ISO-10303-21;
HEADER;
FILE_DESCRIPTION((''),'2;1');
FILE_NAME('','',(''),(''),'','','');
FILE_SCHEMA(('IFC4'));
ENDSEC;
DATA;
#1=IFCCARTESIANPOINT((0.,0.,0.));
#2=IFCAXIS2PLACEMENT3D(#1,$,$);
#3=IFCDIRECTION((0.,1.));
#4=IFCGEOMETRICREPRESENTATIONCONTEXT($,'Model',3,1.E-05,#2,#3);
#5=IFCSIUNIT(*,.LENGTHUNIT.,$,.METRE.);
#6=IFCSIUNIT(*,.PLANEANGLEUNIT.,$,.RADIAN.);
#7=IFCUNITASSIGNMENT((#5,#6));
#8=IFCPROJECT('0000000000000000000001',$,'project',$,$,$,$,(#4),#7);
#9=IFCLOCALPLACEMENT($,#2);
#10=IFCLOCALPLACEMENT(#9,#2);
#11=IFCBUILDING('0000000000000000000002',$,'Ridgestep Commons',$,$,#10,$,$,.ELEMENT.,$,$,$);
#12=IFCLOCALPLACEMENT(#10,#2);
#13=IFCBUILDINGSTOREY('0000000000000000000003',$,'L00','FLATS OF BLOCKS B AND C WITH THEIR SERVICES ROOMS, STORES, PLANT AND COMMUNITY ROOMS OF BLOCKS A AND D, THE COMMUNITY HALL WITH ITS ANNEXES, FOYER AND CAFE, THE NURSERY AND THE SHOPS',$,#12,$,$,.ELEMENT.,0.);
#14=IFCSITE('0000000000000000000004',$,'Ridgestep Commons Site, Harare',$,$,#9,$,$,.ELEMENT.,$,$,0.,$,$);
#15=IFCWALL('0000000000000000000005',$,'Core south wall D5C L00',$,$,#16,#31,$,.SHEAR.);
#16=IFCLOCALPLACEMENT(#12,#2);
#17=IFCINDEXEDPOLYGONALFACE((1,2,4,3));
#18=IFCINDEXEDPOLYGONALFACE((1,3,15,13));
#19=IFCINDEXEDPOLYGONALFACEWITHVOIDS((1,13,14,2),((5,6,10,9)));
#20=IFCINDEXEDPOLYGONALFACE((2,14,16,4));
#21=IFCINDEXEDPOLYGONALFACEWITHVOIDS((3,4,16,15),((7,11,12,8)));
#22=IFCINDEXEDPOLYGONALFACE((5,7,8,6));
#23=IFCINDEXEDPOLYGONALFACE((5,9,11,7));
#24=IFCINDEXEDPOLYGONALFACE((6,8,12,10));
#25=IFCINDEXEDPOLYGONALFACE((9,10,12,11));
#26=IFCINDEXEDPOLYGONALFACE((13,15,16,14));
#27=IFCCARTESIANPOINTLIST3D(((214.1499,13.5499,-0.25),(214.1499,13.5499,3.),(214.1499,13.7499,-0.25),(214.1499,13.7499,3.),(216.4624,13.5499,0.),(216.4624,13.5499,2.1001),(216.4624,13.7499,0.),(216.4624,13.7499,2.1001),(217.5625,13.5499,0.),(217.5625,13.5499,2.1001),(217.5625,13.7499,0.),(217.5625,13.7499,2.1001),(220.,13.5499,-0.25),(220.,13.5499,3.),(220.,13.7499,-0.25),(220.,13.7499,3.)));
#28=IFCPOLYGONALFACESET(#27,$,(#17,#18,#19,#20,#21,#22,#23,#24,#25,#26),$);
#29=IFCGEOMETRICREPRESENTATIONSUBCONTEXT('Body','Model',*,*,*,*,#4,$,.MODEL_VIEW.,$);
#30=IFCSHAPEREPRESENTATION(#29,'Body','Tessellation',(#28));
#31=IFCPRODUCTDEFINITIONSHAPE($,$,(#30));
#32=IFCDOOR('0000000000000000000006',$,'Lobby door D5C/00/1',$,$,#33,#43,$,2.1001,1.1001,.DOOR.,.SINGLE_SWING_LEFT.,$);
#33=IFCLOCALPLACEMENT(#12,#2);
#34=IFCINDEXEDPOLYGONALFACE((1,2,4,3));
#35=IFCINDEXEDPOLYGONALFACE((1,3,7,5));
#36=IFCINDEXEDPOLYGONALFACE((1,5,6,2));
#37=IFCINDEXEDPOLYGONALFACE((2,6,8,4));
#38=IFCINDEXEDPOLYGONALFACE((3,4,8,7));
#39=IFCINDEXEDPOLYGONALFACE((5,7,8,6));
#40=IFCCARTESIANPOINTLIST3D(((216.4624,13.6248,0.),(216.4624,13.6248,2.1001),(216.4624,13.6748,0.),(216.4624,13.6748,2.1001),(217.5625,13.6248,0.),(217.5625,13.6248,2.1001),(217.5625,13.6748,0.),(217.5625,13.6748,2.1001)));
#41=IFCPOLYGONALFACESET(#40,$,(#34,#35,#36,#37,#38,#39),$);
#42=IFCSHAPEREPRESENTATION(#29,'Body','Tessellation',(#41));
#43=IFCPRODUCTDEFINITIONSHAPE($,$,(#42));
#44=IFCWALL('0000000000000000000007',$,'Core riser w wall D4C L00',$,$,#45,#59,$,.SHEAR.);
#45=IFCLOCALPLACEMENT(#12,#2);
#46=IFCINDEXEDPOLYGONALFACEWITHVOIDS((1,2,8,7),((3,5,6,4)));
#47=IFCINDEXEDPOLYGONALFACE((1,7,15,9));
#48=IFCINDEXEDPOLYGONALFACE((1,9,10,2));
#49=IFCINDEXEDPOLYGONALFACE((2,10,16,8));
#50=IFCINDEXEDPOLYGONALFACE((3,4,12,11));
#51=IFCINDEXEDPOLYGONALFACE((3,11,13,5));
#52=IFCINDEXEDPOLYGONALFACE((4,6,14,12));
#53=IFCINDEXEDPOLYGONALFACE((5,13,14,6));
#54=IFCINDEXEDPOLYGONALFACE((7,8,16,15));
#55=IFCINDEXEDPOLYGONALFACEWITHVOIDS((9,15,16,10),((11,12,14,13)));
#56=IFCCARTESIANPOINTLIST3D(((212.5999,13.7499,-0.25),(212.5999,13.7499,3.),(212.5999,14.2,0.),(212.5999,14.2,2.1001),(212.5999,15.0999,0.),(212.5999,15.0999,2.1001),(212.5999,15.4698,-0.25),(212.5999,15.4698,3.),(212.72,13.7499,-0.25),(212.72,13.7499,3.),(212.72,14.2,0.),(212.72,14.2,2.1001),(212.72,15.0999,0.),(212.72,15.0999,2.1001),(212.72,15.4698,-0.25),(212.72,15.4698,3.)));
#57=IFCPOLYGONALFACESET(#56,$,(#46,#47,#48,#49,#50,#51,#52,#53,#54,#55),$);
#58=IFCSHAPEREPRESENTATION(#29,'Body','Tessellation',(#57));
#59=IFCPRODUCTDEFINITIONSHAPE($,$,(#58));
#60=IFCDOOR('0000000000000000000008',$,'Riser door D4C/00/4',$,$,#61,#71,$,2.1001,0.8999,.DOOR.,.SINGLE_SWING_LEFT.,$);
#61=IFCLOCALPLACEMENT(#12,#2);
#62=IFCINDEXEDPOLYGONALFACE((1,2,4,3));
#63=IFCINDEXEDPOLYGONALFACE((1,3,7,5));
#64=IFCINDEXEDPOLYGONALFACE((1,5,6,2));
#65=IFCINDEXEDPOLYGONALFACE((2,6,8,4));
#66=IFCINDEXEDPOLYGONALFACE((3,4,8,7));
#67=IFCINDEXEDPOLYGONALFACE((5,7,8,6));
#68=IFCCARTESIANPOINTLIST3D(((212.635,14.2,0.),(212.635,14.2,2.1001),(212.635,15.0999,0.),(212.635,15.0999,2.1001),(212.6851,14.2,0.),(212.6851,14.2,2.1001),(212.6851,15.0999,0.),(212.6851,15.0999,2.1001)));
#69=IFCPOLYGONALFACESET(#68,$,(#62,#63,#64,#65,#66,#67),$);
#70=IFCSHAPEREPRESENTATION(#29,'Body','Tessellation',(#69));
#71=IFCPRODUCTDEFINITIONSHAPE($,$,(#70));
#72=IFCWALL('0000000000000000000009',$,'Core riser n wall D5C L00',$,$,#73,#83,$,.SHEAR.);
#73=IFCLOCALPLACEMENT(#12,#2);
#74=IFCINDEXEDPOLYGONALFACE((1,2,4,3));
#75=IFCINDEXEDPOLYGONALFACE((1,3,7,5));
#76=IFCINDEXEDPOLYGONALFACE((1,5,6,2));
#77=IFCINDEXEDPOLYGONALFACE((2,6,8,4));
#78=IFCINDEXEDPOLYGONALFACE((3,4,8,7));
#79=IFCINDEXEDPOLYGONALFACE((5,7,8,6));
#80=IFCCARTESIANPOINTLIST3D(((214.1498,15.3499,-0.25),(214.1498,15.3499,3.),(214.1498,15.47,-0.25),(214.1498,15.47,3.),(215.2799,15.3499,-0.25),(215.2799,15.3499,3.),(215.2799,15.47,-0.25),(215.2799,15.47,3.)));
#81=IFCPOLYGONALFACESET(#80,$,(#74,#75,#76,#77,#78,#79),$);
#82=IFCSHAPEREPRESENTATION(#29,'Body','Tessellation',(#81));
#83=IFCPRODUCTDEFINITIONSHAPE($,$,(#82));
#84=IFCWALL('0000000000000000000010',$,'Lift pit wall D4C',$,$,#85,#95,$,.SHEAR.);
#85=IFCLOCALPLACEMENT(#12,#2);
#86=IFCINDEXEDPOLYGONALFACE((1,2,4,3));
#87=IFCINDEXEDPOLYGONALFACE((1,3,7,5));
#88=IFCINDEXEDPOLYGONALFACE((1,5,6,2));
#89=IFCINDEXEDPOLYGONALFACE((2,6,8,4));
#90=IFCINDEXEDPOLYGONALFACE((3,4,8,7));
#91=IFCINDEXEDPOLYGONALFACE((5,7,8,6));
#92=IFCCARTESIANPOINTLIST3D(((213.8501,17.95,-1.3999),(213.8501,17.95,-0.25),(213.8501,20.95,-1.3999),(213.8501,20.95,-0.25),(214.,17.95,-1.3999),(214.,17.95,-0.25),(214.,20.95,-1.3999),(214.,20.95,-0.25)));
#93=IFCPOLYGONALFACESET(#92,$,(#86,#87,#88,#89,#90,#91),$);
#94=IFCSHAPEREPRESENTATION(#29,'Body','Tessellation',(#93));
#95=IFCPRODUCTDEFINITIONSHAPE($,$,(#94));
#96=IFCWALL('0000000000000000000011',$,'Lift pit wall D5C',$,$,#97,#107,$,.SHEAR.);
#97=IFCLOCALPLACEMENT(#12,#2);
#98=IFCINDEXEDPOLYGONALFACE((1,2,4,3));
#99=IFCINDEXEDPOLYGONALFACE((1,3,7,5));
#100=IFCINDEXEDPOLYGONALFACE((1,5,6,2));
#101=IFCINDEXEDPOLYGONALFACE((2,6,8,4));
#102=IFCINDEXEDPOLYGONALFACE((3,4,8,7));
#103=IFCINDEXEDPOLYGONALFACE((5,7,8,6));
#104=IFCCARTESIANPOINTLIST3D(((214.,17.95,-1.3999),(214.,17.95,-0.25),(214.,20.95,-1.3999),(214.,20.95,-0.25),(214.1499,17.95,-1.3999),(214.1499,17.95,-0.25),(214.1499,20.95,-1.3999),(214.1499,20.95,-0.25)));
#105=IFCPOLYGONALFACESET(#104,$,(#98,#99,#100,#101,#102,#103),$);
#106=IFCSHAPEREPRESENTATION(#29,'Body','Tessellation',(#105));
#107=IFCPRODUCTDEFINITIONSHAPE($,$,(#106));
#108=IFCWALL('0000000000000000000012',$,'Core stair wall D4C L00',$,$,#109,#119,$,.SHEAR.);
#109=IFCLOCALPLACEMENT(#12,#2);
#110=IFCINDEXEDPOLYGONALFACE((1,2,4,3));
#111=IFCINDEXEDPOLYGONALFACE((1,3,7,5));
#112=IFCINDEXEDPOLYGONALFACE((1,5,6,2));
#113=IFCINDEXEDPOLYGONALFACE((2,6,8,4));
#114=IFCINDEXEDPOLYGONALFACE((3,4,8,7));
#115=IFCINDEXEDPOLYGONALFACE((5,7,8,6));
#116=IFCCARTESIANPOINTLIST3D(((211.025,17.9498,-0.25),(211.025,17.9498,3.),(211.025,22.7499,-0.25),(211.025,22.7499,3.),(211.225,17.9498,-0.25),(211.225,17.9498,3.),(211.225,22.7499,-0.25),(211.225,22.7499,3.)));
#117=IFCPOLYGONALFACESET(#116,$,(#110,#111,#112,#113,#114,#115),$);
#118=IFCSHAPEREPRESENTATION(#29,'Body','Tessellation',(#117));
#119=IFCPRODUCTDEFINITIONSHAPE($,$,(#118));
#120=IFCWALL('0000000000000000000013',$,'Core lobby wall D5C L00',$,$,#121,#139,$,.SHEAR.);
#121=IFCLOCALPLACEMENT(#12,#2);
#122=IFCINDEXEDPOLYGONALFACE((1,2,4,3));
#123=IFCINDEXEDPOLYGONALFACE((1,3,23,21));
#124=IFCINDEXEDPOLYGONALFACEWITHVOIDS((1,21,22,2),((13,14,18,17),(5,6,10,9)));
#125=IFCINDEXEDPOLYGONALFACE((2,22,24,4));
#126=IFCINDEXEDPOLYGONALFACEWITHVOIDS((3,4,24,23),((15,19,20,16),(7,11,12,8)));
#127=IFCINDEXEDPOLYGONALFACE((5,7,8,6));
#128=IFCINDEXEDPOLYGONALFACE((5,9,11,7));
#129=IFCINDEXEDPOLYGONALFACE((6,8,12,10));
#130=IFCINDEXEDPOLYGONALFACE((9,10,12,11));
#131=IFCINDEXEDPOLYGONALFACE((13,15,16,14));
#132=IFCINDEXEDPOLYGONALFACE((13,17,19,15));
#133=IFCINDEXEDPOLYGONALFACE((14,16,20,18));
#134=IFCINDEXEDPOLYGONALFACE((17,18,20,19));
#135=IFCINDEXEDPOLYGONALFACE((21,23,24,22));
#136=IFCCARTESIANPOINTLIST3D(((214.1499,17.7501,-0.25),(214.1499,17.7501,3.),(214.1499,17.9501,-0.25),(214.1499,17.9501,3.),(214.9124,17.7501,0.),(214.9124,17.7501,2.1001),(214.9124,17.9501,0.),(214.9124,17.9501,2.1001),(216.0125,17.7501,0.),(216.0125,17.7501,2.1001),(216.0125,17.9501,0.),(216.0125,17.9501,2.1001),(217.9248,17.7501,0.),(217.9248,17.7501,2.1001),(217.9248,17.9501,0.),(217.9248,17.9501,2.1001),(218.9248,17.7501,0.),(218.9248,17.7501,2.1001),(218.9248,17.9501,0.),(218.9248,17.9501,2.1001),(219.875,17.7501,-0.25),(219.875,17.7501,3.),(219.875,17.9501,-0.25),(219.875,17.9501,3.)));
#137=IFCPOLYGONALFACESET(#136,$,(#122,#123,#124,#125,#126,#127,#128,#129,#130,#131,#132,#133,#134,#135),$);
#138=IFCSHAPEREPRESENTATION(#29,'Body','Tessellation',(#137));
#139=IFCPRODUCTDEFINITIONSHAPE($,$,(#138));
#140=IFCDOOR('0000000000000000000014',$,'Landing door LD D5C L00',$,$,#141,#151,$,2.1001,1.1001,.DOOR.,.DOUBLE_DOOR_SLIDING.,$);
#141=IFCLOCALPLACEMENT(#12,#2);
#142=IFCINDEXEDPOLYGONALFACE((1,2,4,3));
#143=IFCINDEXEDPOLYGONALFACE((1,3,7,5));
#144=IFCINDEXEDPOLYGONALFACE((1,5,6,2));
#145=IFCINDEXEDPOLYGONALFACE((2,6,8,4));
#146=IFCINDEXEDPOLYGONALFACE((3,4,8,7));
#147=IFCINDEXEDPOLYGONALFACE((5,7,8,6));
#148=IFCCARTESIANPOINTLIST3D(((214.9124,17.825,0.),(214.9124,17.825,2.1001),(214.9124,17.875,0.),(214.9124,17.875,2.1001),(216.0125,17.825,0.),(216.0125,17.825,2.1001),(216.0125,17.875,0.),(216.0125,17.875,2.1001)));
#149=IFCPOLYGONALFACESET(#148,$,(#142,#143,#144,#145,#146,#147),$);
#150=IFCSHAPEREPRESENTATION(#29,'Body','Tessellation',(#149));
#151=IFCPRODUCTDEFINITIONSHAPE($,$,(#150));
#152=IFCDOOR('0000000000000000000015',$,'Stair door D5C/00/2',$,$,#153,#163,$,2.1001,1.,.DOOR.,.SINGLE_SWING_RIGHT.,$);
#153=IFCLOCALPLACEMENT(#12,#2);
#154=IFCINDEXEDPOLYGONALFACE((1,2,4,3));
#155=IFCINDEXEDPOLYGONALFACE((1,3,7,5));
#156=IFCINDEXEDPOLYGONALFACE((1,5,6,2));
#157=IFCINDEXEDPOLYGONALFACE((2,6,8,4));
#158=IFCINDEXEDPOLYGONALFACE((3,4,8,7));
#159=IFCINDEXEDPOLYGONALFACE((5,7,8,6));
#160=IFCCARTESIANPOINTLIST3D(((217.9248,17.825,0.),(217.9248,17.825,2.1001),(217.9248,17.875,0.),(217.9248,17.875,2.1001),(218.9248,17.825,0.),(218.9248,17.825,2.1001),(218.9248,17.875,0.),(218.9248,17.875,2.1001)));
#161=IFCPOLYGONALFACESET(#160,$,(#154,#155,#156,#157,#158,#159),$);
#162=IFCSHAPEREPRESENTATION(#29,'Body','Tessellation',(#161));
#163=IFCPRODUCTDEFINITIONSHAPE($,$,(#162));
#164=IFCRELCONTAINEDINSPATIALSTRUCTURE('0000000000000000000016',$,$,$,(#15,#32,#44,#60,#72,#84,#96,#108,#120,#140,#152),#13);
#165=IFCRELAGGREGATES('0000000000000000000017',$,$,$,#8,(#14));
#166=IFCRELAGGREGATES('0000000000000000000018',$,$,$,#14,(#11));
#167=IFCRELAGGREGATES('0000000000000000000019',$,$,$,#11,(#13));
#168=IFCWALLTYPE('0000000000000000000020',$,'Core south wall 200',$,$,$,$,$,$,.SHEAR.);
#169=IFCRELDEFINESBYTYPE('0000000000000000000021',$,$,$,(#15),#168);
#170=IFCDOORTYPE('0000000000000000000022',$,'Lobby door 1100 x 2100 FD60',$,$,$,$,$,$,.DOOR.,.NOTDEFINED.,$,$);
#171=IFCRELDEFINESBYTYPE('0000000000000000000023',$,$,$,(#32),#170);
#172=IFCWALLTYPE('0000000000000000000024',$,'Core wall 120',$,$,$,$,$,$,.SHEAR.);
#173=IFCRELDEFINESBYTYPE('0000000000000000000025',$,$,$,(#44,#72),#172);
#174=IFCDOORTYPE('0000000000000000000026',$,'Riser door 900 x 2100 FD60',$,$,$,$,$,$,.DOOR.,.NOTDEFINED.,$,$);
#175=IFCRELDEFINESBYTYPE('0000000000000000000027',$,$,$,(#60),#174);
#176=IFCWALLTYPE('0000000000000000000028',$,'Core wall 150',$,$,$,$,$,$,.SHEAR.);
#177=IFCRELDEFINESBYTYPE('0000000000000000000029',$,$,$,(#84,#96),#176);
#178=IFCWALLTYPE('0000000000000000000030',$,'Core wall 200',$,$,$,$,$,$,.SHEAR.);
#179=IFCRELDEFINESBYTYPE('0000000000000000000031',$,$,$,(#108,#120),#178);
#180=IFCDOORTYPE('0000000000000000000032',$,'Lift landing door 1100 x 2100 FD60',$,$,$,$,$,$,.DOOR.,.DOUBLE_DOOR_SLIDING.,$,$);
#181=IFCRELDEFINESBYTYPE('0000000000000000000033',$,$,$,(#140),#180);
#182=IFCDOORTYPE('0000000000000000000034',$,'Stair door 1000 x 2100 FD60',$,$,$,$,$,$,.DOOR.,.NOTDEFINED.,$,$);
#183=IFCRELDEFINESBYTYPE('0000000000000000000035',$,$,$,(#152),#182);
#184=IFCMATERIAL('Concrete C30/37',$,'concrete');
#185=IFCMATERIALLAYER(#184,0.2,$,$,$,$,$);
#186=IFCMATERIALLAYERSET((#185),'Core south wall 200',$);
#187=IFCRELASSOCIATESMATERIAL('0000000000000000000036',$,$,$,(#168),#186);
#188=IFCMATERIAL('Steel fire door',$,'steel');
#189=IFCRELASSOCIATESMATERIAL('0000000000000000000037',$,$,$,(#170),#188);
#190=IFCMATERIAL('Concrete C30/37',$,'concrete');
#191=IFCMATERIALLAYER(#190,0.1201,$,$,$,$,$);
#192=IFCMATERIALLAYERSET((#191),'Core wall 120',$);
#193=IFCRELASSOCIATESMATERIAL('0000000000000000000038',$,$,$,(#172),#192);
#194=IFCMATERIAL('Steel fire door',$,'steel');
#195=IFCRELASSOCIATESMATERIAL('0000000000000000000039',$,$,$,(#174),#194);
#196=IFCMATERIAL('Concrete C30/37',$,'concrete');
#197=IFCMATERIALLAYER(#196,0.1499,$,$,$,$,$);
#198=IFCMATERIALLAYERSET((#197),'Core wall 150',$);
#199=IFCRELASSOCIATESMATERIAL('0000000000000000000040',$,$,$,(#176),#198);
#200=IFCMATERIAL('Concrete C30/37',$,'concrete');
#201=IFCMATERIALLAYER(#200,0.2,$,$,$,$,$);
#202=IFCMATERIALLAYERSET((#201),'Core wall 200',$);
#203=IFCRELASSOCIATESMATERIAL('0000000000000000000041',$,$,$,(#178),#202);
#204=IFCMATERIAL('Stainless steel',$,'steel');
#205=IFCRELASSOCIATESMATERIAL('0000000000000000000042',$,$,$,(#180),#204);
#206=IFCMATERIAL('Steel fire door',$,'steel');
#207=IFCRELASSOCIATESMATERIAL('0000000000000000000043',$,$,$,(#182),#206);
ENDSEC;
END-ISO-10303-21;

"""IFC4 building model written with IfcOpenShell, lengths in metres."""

from ifc_helpers import new_model, si_unit, direction, frame, frame_2d, origin, place, context, subcontext, project, spatial, rectangle, extrude, material, layer, layer_set, type_object, element, fill, save


model = new_model("IFC4")

# Units and contexts
model_context = context("Model", 3, precision=1e-05, world=origin(), true_north=direction((0.0, 1.0)))
body_context = subcontext(model_context, "Body", "Model", "MODEL_VIEW")
ifc_project = project(units=[si_unit("LENGTHUNIT", "METRE"), si_unit("PLANEANGLEUNIT", "RADIAN")], contexts=[model_context])

# Site, building, storey
site_placement = place(None, origin())
site = spatial("IfcSite", under=ifc_project, at=site_placement, Name="Ridgestep Commons Site, Harare", CompositionType="ELEMENT", RefElevation=0.0)
building_placement = place(site_placement, origin())
building = spatial("IfcBuilding", under=site, at=building_placement, Name="Ridgestep Commons", CompositionType="ELEMENT")
storey_placement = place(building_placement, origin())
storey = spatial("IfcBuildingStorey", under=building, at=storey_placement, Name="L00", Description="FLATS OF BLOCKS B AND C WITH THEIR SERVICES ROOMS, STORES, PLANT AND COMMUNITY ROOMS OF BLOCKS A AND D, THE COMMUNITY HALL WITH ITS ANNEXES, FOYER AND CAFE, THE NURSERY AND THE SHOPS", CompositionType="ELEMENT", Elevation=0.0)

# Walls, openings, doors
ifc_material_1 = material(Name="Concrete C30/37", Category="concrete")
ifc_layer_1 = layer(ifc_material_1, 0.2)
ifc_layer_set_1 = layer_set([ifc_layer_1], Name="Core south wall 200")
wall_type_1 = type_object("IfcWallType", Name="Core south wall 200", PredefinedType="SHEAR", material=ifc_layer_set_1)
wall_1_placement = place(storey_placement, frame((214.1499, 13.6499, -0.25), z_axis=(0.0, 0.0, 1.0), x_axis=(1.0, 0.0, 0.0)))
wall_1 = element("IfcWall", 1, at=wall_1_placement, inside=storey, type_object=wall_type_1, Name="Core south wall D5C L00", PredefinedType="SHEAR", context=body_context, shape_type="SweptSolid", body=[
    extrude(rectangle(XDim=5.8501, YDim=0.2, at=frame_2d((2.925, 0.0))), origin(), (0.0, 0.0, 1.0), 3.25),
])
opening_1_placement = place(wall_1_placement, frame((2.3125, 0.0, 0.25)))
opening_1 = element("IfcOpeningElement", 2, at=opening_1_placement, cuts=wall_1, PredefinedType="OPENING", context=body_context, shape_type="SweptSolid", body=[
    extrude(rectangle(XDim=1.1001, YDim=2.1001, at=frame_2d((0.55, 1.05))), frame((0.0, 0.1099, 0.0), z_axis=(0.0, -1.0, 0.0), x_axis=(1.0, 0.0, 0.0)), (0.0, 0.0, 1.0), 0.22),
])
ifc_material_2 = material(Name="Steel fire door", Category="steel")
door_type_1 = type_object("IfcDoorType", Name="Lobby door 1100 x 2100 FD60", OperationType="NOTDEFINED", PredefinedType="DOOR", material=ifc_material_2)
door_1_placement = place(opening_1_placement, origin())
door_1 = element("IfcDoor", 3, at=door_1_placement, inside=storey, type_object=door_type_1, Name="Lobby door D5C/00/1", OperationType="SINGLE_SWING_LEFT", OverallHeight=2.1001, OverallWidth=1.1001, PredefinedType="DOOR", context=body_context, shape_type="SweptSolid", body=[
    extrude(rectangle(XDim=1.1001, YDim=2.1001, at=frame_2d((0.55, 1.05))), frame((0.0, 0.0249, 0.0), z_axis=(0.0, -1.0, 0.0), x_axis=(1.0, 0.0, 0.0)), (0.0, 0.0, 1.0), 0.05),
])
fill(opening_1, door_1)
ifc_material_3 = material(Name="Concrete C30/37", Category="concrete")
ifc_layer_2 = layer(ifc_material_3, 0.1201)
ifc_layer_set_2 = layer_set([ifc_layer_2], Name="Core wall 120")
wall_type_2 = type_object("IfcWallType", Name="Core wall 120", PredefinedType="SHEAR", material=ifc_layer_set_2)
wall_2_placement = place(storey_placement, frame((212.6599, 13.75, -0.25), z_axis=(0.0, 0.0, 1.0), x_axis=(0.0, 1.0, 0.0)))
wall_2 = element("IfcWall", 4, at=wall_2_placement, inside=storey, type_object=wall_type_2, Name="Core riser w wall D4C L00", PredefinedType="SHEAR", context=body_context, shape_type="SweptSolid", body=[
    extrude(rectangle(XDim=1.72, YDim=0.1201, at=frame_2d((0.8599, 0.0))), origin(), (0.0, 0.0, 1.0), 3.25),
])
opening_2_placement = place(wall_2_placement, frame((0.45, 0.0, 0.25)))
opening_2 = element("IfcOpeningElement", 5, at=opening_2_placement, cuts=wall_2, PredefinedType="OPENING", context=body_context, shape_type="SweptSolid", body=[
    extrude(rectangle(XDim=0.8999, YDim=2.1001, at=frame_2d((0.45, 1.05))), frame((0.0, 0.0701, 0.0), z_axis=(0.0, -1.0, 0.0), x_axis=(1.0, 0.0, 0.0)), (0.0, 0.0, 1.0), 0.1401),
])
ifc_material_4 = material(Name="Steel fire door", Category="steel")
door_type_2 = type_object("IfcDoorType", Name="Riser door 900 x 2100 FD60", OperationType="NOTDEFINED", PredefinedType="DOOR", material=ifc_material_4)
door_2_placement = place(opening_2_placement, origin())
door_2 = element("IfcDoor", 6, at=door_2_placement, inside=storey, type_object=door_type_2, Name="Riser door D4C/00/4", OperationType="SINGLE_SWING_LEFT", OverallHeight=2.1001, OverallWidth=0.8999, PredefinedType="DOOR", context=body_context, shape_type="SweptSolid", body=[
    extrude(rectangle(XDim=0.8999, YDim=2.1001, at=frame_2d((0.45, 1.05))), frame((0.0, 0.0249, 0.0), z_axis=(0.0, -1.0, 0.0), x_axis=(1.0, 0.0, 0.0)), (0.0, 0.0, 1.0), 0.05),
])
fill(opening_2, door_2)

# Walls
for number, where, z_axis, x_axis, name in (
    (7, (214.1499, 15.4099, -0.25), (0.0, 0.0, 1.0), (1.0, 0.0, 0.0), "Core riser n wall D5C L00"),
):
    element("IfcWall", number, at=place(storey_placement, frame(where, z_axis=z_axis, x_axis=x_axis)), inside=storey, type_object=wall_type_2, Name=name, PredefinedType="SHEAR", context=body_context, shape_type="SweptSolid", body=[
        extrude(rectangle(XDim=1.1301, YDim=0.1201, at=frame_2d((0.5649, 0.0))), origin(), (0.0, 0.0, 1.0), 3.25),
    ])
ifc_material_5 = material(Name="Concrete C30/37", Category="concrete")
ifc_layer_3 = layer(ifc_material_5, 0.1499)
ifc_layer_set_3 = layer_set([ifc_layer_3], Name="Core wall 150")
wall_type_3 = type_object("IfcWallType", Name="Core wall 150", PredefinedType="SHEAR", material=ifc_layer_set_3)
for number, where, z_axis, x_axis, name in (
    (8, (213.925, 17.95, -1.3999), (0.0, 0.0, 1.0), (0.0, 1.0, 0.0), "Lift pit wall D4C"),
    (9, (214.075, 17.95, -1.3999), (0.0, 0.0, 1.0), (0.0, 1.0, 0.0), "Lift pit wall D5C"),
):
    element("IfcWall", number, at=place(storey_placement, frame(where, z_axis=z_axis, x_axis=x_axis)), inside=storey, type_object=wall_type_3, Name=name, PredefinedType="SHEAR", context=body_context, shape_type="SweptSolid", body=[
        extrude(rectangle(XDim=3.0, YDim=0.1499, at=frame_2d((1.5, 0.0))), origin(), (0.0, 0.0, 1.0), 1.1499),
    ])
ifc_material_6 = material(Name="Concrete C30/37", Category="concrete")
ifc_layer_4 = layer(ifc_material_6, 0.2)
ifc_layer_set_4 = layer_set([ifc_layer_4], Name="Core wall 200")
wall_type_4 = type_object("IfcWallType", Name="Core wall 200", PredefinedType="SHEAR", material=ifc_layer_set_4)
wall_3_placement = place(storey_placement, frame((211.125, 17.95, -0.25), z_axis=(0.0, 0.0, 1.0), x_axis=(0.0, 1.0, 0.0)))
element("IfcWall", 10, at=wall_3_placement, inside=storey, type_object=wall_type_4, Name="Core stair wall D4C L00", PredefinedType="SHEAR", context=body_context, shape_type="SweptSolid", body=[
    extrude(rectangle(XDim=4.8, YDim=0.2, at=frame_2d((2.3999, 0.0))), origin(), (0.0, 0.0, 1.0), 3.25),
])

# Wall, openings, doors
wall_4_placement = place(storey_placement, frame((214.1499, 17.8501, -0.25), z_axis=(0.0, 0.0, 1.0), x_axis=(1.0, 0.0, 0.0)))
wall_4 = element("IfcWall", 11, at=wall_4_placement, inside=storey, type_object=wall_type_4, Name="Core lobby wall D5C L00", PredefinedType="SHEAR", context=body_context, shape_type="SweptSolid", body=[
    extrude(rectangle(XDim=5.7251, YDim=0.2, at=frame_2d((2.8625, 0.0))), origin(), (0.0, 0.0, 1.0), 3.25),
])
opening_3_placement = place(wall_4_placement, frame((3.7749, 0.0, 0.25)))
opening_3 = element("IfcOpeningElement", 12, at=opening_3_placement, cuts=wall_4, PredefinedType="OPENING", context=body_context, shape_type="SweptSolid", body=[
    extrude(rectangle(XDim=1.0, YDim=2.1001, at=frame_2d((0.5, 1.05))), frame((0.0, 0.1099, 0.0), z_axis=(0.0, -1.0, 0.0), x_axis=(1.0, 0.0, 0.0)), (0.0, 0.0, 1.0), 0.22),
])
opening_4_placement = place(wall_4_placement, frame((0.7625, 0.0, 0.25)))
opening_4 = element("IfcOpeningElement", 13, at=opening_4_placement, cuts=wall_4, PredefinedType="OPENING", context=body_context, shape_type="SweptSolid", body=[
    extrude(rectangle(XDim=1.1001, YDim=2.1001, at=frame_2d((0.55, 1.05))), frame((0.0, 0.1099, 0.0), z_axis=(0.0, -1.0, 0.0), x_axis=(1.0, 0.0, 0.0)), (0.0, 0.0, 1.0), 0.22),
])
ifc_material_7 = material(Name="Stainless steel", Category="steel")
door_type_3 = type_object("IfcDoorType", Name="Lift landing door 1100 x 2100 FD60", OperationType="DOUBLE_DOOR_SLIDING", PredefinedType="DOOR", material=ifc_material_7)
door_3_placement = place(opening_4_placement, origin())
door_3 = element("IfcDoor", 14, at=door_3_placement, inside=storey, type_object=door_type_3, Name="Landing door LD D5C L00", OperationType="DOUBLE_DOOR_SLIDING", OverallHeight=2.1001, OverallWidth=1.1001, PredefinedType="DOOR", context=body_context, shape_type="SweptSolid", body=[
    extrude(rectangle(XDim=1.1001, YDim=2.1001, at=frame_2d((0.55, 1.05))), frame((0.0, 0.0249, 0.0), z_axis=(0.0, -1.0, 0.0), x_axis=(1.0, 0.0, 0.0)), (0.0, 0.0, 1.0), 0.05),
])
fill(opening_4, door_3)
ifc_material_8 = material(Name="Steel fire door", Category="steel")
door_type_4 = type_object("IfcDoorType", Name="Stair door 1000 x 2100 FD60", OperationType="NOTDEFINED", PredefinedType="DOOR", material=ifc_material_8)
door_4_placement = place(opening_3_placement, origin())
door_4 = element("IfcDoor", 15, at=door_4_placement, inside=storey, type_object=door_type_4, Name="Stair door D5C/00/2", OperationType="SINGLE_SWING_RIGHT", OverallHeight=2.1001, OverallWidth=1.0, PredefinedType="DOOR", context=body_context, shape_type="SweptSolid", body=[
    extrude(rectangle(XDim=1.0, YDim=2.1001, at=frame_2d((0.5, 1.05))), frame((0.0, 0.0249, 0.0), z_axis=(0.0, -1.0, 0.0), x_axis=(1.0, 0.0, 0.0)), (0.0, 0.0, 1.0), 0.05),
])
fill(opening_3, door_4)

save(model, "model.ifc")
